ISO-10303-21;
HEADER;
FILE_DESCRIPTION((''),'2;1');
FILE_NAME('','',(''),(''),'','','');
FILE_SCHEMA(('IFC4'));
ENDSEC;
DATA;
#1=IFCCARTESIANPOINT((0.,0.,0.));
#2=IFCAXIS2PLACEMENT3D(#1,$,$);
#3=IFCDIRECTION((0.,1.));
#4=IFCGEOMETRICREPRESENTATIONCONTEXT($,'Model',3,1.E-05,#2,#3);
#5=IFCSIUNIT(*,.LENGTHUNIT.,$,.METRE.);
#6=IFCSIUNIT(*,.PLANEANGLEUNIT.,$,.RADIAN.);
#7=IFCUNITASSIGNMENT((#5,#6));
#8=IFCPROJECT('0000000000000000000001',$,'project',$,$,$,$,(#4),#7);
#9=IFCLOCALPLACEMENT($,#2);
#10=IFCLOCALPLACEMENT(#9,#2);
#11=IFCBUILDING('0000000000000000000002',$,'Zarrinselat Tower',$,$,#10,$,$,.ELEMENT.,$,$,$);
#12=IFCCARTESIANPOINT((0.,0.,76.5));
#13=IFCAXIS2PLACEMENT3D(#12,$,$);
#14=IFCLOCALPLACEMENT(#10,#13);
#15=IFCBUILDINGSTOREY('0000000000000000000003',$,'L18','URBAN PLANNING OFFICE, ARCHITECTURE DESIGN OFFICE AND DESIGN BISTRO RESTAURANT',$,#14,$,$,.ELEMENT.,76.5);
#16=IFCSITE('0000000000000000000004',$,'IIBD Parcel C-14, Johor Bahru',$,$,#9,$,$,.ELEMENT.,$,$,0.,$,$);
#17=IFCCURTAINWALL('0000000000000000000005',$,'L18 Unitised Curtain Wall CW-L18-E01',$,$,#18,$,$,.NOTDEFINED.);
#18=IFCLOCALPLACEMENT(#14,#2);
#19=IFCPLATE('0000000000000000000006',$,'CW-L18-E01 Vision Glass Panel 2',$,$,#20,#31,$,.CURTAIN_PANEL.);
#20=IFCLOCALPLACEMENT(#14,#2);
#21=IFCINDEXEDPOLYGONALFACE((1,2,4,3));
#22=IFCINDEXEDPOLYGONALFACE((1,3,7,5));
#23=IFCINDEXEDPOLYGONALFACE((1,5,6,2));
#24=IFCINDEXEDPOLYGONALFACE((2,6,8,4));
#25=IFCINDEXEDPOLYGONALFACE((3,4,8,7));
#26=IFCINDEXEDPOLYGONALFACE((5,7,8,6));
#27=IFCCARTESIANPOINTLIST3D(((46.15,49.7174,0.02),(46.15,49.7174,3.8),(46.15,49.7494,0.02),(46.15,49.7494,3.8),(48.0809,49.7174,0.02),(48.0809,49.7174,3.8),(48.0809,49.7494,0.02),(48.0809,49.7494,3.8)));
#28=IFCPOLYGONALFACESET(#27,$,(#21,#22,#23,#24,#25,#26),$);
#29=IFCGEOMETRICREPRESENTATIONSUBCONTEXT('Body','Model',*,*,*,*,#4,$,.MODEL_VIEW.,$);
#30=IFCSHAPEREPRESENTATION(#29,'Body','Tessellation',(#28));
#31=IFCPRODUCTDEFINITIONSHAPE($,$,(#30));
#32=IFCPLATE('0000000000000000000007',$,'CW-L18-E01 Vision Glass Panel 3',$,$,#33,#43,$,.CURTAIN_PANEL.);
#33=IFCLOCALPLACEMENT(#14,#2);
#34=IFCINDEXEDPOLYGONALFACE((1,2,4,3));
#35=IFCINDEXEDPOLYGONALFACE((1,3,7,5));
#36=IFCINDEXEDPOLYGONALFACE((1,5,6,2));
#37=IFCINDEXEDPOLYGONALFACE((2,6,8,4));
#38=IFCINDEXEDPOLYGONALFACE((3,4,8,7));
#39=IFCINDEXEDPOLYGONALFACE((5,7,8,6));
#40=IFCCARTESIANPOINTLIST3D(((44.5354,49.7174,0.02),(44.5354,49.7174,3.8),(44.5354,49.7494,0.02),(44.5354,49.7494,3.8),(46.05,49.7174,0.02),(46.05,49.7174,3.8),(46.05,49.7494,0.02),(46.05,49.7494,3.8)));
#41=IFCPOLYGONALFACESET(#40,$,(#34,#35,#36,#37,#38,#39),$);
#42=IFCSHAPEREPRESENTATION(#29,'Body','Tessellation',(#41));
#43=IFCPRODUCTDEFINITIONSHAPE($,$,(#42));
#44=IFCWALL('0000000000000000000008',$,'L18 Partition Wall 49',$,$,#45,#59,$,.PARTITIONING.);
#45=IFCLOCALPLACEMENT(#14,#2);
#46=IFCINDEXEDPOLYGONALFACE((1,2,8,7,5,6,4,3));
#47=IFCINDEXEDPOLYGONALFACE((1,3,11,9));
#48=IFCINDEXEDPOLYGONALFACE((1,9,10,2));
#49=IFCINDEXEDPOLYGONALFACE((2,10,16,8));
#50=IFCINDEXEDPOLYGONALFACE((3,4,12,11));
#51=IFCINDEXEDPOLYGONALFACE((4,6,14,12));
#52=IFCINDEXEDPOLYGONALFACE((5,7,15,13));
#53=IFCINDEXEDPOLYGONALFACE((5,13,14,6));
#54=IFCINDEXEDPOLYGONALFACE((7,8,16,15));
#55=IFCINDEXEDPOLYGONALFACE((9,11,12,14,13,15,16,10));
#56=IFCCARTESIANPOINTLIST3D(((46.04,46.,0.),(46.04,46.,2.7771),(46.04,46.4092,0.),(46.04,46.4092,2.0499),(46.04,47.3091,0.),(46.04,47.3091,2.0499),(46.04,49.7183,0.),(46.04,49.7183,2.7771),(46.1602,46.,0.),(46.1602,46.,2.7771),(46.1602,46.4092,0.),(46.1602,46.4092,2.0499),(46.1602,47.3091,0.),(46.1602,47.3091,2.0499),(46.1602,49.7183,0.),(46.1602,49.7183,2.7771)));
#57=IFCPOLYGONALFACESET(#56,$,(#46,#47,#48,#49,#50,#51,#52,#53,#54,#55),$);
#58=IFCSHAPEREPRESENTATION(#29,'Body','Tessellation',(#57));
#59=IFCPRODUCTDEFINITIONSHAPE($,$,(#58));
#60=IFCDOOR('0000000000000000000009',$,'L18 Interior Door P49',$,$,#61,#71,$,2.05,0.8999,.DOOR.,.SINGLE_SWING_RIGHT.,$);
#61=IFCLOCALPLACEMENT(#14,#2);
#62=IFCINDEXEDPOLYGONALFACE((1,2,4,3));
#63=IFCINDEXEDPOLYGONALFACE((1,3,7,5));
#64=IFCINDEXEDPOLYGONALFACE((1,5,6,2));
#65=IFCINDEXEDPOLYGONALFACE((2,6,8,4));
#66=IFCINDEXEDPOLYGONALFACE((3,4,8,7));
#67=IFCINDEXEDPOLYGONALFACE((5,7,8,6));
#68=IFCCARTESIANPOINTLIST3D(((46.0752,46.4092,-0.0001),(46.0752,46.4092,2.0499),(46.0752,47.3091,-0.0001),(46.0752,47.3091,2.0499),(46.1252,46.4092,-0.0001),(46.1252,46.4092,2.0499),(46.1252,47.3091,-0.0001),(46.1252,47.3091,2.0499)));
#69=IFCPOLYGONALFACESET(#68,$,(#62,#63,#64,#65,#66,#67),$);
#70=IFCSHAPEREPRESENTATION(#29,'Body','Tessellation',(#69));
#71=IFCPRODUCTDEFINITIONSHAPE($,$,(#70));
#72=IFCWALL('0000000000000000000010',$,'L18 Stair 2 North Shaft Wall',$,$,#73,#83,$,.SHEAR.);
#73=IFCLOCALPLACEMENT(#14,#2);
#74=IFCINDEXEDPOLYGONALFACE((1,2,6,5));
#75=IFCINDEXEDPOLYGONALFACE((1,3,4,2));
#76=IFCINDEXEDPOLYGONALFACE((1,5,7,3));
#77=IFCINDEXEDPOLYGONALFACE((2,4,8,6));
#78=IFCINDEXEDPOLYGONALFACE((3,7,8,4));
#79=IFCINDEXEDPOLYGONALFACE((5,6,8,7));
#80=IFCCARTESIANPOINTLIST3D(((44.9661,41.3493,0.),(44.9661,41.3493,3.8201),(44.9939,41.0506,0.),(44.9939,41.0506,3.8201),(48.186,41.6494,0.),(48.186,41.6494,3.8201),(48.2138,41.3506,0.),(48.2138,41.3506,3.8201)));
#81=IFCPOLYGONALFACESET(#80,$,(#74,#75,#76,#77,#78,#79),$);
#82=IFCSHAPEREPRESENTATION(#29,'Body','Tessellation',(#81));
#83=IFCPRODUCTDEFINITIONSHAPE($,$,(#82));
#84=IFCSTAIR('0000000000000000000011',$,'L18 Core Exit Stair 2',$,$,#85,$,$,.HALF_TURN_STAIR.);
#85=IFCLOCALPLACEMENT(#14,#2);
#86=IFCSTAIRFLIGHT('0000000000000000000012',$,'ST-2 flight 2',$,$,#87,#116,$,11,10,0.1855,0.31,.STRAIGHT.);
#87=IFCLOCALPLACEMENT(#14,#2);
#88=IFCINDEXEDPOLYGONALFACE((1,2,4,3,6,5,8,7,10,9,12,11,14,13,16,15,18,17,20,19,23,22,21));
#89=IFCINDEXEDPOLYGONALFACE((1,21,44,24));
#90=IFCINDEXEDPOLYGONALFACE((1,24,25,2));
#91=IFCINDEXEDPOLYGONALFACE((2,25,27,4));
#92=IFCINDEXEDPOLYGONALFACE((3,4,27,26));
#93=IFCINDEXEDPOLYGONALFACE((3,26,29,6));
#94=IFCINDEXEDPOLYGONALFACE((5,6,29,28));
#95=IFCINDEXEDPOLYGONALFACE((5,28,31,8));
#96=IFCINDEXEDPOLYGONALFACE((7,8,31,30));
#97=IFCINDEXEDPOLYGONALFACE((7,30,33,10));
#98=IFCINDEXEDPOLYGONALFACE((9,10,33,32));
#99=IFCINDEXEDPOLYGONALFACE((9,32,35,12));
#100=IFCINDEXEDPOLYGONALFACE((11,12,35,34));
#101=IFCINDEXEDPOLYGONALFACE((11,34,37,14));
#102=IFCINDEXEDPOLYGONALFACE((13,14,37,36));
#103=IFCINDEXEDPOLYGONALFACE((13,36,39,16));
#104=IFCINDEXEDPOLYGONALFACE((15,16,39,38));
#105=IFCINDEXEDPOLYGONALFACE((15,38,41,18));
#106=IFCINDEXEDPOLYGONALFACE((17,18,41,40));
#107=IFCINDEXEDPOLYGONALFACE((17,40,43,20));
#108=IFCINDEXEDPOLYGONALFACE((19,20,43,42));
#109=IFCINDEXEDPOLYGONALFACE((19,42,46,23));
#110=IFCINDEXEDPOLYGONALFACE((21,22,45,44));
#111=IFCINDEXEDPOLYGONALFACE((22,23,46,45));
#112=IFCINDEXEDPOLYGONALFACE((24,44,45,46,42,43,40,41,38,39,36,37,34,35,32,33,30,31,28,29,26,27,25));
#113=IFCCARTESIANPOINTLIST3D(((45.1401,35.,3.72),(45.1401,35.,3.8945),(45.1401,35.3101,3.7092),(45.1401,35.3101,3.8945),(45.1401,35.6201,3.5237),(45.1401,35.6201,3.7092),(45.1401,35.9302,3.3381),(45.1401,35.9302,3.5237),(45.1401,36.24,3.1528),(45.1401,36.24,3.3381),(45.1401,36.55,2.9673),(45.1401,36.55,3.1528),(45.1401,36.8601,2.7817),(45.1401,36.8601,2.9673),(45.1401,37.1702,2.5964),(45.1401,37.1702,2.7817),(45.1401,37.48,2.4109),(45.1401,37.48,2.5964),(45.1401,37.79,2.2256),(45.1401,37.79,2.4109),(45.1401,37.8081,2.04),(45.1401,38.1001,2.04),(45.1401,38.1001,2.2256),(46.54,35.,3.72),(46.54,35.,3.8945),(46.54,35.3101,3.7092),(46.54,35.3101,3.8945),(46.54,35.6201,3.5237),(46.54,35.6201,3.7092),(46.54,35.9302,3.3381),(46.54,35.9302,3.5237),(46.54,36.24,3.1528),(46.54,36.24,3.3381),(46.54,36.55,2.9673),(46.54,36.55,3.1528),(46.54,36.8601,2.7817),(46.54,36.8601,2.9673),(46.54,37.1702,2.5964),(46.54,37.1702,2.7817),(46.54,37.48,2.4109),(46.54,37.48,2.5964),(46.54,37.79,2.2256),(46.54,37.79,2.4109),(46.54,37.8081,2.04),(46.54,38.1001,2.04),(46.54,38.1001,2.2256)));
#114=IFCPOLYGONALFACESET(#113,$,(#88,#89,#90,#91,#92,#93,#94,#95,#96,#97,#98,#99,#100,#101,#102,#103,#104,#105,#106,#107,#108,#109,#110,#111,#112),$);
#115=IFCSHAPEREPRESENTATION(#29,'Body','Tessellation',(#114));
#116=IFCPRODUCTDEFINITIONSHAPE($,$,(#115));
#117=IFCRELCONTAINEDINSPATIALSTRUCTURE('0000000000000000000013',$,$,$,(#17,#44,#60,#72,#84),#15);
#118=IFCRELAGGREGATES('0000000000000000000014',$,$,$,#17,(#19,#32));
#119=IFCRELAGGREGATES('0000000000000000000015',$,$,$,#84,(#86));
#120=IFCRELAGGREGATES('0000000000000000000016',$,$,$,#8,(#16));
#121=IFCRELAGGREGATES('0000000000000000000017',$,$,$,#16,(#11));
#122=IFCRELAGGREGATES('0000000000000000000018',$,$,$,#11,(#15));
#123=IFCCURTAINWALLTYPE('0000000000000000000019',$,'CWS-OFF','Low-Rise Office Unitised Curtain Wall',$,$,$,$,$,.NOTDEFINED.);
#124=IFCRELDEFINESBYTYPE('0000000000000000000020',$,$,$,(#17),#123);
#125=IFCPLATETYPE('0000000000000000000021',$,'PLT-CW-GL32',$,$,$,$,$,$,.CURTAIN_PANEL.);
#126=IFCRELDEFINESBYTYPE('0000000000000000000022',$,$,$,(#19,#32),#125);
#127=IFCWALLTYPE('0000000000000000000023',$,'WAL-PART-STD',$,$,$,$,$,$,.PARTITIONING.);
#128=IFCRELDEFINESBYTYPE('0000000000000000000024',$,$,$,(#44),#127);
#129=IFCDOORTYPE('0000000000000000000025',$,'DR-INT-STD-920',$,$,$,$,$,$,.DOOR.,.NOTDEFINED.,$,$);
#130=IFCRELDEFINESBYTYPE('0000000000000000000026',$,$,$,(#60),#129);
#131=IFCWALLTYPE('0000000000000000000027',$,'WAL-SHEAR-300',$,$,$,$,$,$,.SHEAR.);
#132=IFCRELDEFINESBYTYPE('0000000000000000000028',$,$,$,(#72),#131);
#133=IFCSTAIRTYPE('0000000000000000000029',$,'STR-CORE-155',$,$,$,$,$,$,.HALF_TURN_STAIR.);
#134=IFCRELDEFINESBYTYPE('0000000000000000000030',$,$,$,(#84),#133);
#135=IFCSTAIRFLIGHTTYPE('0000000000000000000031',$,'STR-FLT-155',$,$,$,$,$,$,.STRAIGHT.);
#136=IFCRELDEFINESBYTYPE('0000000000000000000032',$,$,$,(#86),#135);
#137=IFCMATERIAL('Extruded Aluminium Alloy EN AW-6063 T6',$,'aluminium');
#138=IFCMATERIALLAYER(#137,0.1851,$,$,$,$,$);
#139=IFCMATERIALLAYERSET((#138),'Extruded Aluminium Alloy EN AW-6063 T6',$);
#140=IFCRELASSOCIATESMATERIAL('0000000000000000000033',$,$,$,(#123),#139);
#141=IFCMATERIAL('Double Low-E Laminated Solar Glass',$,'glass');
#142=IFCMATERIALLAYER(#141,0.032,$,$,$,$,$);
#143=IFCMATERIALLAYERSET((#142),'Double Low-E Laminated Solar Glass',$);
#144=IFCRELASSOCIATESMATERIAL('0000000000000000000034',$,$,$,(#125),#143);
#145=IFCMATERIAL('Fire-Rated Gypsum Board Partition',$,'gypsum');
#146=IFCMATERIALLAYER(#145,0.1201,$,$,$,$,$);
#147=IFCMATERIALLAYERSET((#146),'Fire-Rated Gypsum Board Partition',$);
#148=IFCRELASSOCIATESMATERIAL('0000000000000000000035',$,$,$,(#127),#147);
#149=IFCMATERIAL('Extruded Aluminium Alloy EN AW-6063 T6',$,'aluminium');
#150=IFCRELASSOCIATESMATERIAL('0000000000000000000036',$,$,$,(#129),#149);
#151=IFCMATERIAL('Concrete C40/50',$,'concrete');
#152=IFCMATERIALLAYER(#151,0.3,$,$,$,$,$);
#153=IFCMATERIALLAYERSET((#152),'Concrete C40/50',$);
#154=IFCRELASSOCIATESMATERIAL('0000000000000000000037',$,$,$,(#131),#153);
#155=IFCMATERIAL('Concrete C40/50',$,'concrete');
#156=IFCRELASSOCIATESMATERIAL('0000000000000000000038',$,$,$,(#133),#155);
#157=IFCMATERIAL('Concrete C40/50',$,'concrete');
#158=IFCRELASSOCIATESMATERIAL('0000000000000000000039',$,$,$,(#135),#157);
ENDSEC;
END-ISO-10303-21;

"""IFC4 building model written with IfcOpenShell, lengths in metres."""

from ifc_helpers import new_model, si_unit, direction, frame, frame_2d, origin, origin_2d, place, context, subcontext, project, spatial, polyline, rectangle, outline, extrude, material, layer, layer_set, type_object, element, fill, aggregate, save


model = new_model("IFC4")

# Units and contexts
model_context = context("Model", 3, precision=1e-05, world=origin(), true_north=direction((0.0, 1.0)))
body_context = subcontext(model_context, "Body", "Model", "MODEL_VIEW")
ifc_project = project(units=[si_unit("LENGTHUNIT", "METRE"), si_unit("PLANEANGLEUNIT", "RADIAN")], contexts=[model_context])

# Site, building, storey
site_placement = place(None, origin())
site = spatial("IfcSite", under=ifc_project, at=site_placement, Name="IIBD Parcel C-14, Johor Bahru", CompositionType="ELEMENT", RefElevation=0.0)
building_placement = place(site_placement, origin())
building = spatial("IfcBuilding", under=site, at=building_placement, Name="Zarrinselat Tower", CompositionType="ELEMENT")
storey_placement = place(building_placement, frame((0.0, 0.0, 76.5)))
storey = spatial("IfcBuildingStorey", under=building, at=storey_placement, Name="L18", Description="URBAN PLANNING OFFICE, ARCHITECTURE DESIGN OFFICE AND DESIGN BISTRO RESTAURANT", CompositionType="ELEMENT", Elevation=76.5)

# Curtain wall, plates
ifc_material_1 = material(Name="Extruded Aluminium Alloy EN AW-6063 T6", Category="aluminium")
ifc_layer_1 = layer(ifc_material_1, 0.1851)
ifc_layer_set_1 = layer_set([ifc_layer_1], Name="Extruded Aluminium Alloy EN AW-6063 T6")
curtain_wall_type = type_object("IfcCurtainWallType", Name="CWS-OFF", Description="Low-Rise Office Unitised Curtain Wall", PredefinedType="NOTDEFINED", material=ifc_layer_set_1)
curtain_wall_placement = place(storey_placement, origin())
curtain_wall = element("IfcCurtainWall", 1, at=curtain_wall_placement, inside=storey, type_object=curtain_wall_type, Name="L18 Unitised Curtain Wall CW-L18-E01", PredefinedType="NOTDEFINED")
ifc_material_2 = material(Name="Double Low-E Laminated Solar Glass", Category="glass")
ifc_layer_2 = layer(ifc_material_2, 0.032)
ifc_layer_set_2 = layer_set([ifc_layer_2], Name="Double Low-E Laminated Solar Glass")
plate_type = type_object("IfcPlateType", Name="PLT-CW-GL32", PredefinedType="CURTAIN_PANEL", material=ifc_layer_set_2)
plate_1_placement = place(storey_placement, frame((47.1155, 49.7334, 0.02), z_axis=(0.0, 0.0, 1.0), x_axis=(-1.0, 0.0, 0.0)))
plate_1 = element("IfcPlate", 2, at=plate_1_placement, type_object=plate_type, Name="CW-L18-E01 Vision Glass Panel 2", PredefinedType="CURTAIN_PANEL", context=body_context, shape_type="SweptSolid", body=[
    extrude(rectangle(XDim=1.9309, YDim=0.032, at=origin_2d()), origin(), (0.0, 0.0, 1.0), 3.78),
])
plate_2_placement = place(storey_placement, frame((45.2927, 49.7334, 0.02), z_axis=(0.0, 0.0, 1.0), x_axis=(-1.0, 0.0, 0.0)))
plate_2 = element("IfcPlate", 3, at=plate_2_placement, type_object=plate_type, Name="CW-L18-E01 Vision Glass Panel 3", PredefinedType="CURTAIN_PANEL", context=body_context, shape_type="SweptSolid", body=[
    extrude(rectangle(XDim=1.5146, YDim=0.032, at=origin_2d()), origin(), (0.0, 0.0, 1.0), 3.78),
])
aggregate(curtain_wall, [plate_1, plate_2])

# Wall, opening, door
ifc_material_3 = material(Name="Fire-Rated Gypsum Board Partition", Category="gypsum")
ifc_layer_3 = layer(ifc_material_3, 0.1201)
ifc_layer_set_3 = layer_set([ifc_layer_3], Name="Fire-Rated Gypsum Board Partition")
wall_type_1 = type_object("IfcWallType", Name="WAL-PART-STD", PredefinedType="PARTITIONING", material=ifc_layer_set_3)
wall_1_placement = place(storey_placement, frame((46.1001, 46.0, 0.0), z_axis=(0.0, 0.0, 1.0), x_axis=(0.0, 1.0, 0.0)))
wall_1 = element("IfcWall", 4, at=wall_1_placement, inside=storey, type_object=wall_type_1, Name="L18 Partition Wall 49", PredefinedType="PARTITIONING", context=body_context, shape_type="SweptSolid", body=[
    extrude(rectangle(XDim=3.7183, YDim=0.1201, at=frame_2d((1.8591, 0.0))), origin(), (0.0, 0.0, 1.0), 2.7771),
])
opening_placement = place(wall_1_placement, frame((0.4092, 0.0, 0.0)))
opening = element("IfcOpeningElement", 5, at=opening_placement, cuts=wall_1, PredefinedType="OPENING", context=body_context, shape_type="SweptSolid", body=[
    extrude(rectangle(XDim=0.8999, YDim=2.05, at=frame_2d((0.45, 1.0249))), frame((0.0, 0.0701, 0.0), z_axis=(0.0, -1.0, 0.0), x_axis=(1.0, 0.0, 0.0)), (0.0, 0.0, 1.0), 0.1401),
])
ifc_material_4 = material(Name="Extruded Aluminium Alloy EN AW-6063 T6", Category="aluminium")
door_type = type_object("IfcDoorType", Name="DR-INT-STD-920", OperationType="NOTDEFINED", PredefinedType="DOOR", material=ifc_material_4)
door_placement = place(opening_placement, origin())
door = element("IfcDoor", 6, at=door_placement, inside=storey, type_object=door_type, Name="L18 Interior Door P49", OperationType="SINGLE_SWING_RIGHT", OverallHeight=2.05, OverallWidth=0.8999, PredefinedType="DOOR", context=body_context, shape_type="SweptSolid", body=[
    extrude(rectangle(XDim=0.8999, YDim=2.05, at=frame_2d((0.45, 1.0249))), frame((0.0, 0.0249, 0.0), z_axis=(0.0, -1.0, 0.0), x_axis=(1.0, 0.0, 0.0)), (0.0, 0.0, 1.0), 0.05),
])
fill(opening, door)

# Wall
ifc_material_5 = material(Name="Concrete C40/50", Category="concrete")
ifc_layer_4 = layer(ifc_material_5, 0.3)
ifc_layer_set_4 = layer_set([ifc_layer_4], Name="Concrete C40/50")
wall_type_2 = type_object("IfcWallType", Name="WAL-SHEAR-300", PredefinedType="SHEAR", material=ifc_layer_set_4)
wall_2_placement = place(storey_placement, frame((44.98, 41.2, 0.0), z_axis=(0.0, 0.0, 1.0), x_axis=(0.995686, 0.092782, 0.0)))
element("IfcWall", 7, at=wall_2_placement, inside=storey, type_object=wall_type_2, Name="L18 Stair 2 North Shaft Wall", PredefinedType="SHEAR", context=body_context, shape_type="SweptSolid", body=[
    extrude(rectangle(XDim=3.2339, YDim=0.3, at=frame_2d((1.6169, 0.0))), origin(), (0.0, 0.0, 1.0), 3.8201),
])

# Stair, stair flight
ifc_material_6 = material(Name="Concrete C40/50", Category="concrete")
stair_type = type_object("IfcStairType", Name="STR-CORE-155", PredefinedType="HALF_TURN_STAIR", material=ifc_material_6)
stair_placement = place(storey_placement, origin())
stair = element("IfcStair", 8, at=stair_placement, inside=storey, type_object=stair_type, Name="L18 Core Exit Stair 2", PredefinedType="HALF_TURN_STAIR")
ifc_material_7 = material(Name="Concrete C40/50", Category="concrete")
stair_flight_type = type_object("IfcStairFlightType", Name="STR-FLT-155", PredefinedType="STRAIGHT", material=ifc_material_7)
stair_flight_placement = place(storey_placement, frame((45.8401, 38.1001, 2.04), z_axis=(0.0, 0.0, 1.0), x_axis=(0.0, -1.0, 0.0)))
stair_flight = element("IfcStairFlight", 9, at=stair_flight_placement, type_object=stair_flight_type, Name="ST-2 flight 2", NumberOfRisers=11, NumberOfTreads=10, PredefinedType="STRAIGHT", RiserHeight=0.1855, TreadLength=0.31, context=body_context, shape_type="SweptSolid", body=[
    extrude(outline(polyline([(0.0, 0.0), (0.0, 0.1855), (0.3101, 0.1855), (0.3101, 0.3708), (0.6201, 0.3708), (0.6201, 0.5564), (0.9299, 0.5564), (0.9299, 0.7417), (1.24, 0.7417), (1.24, 0.9272), (1.55, 0.9272), (1.55, 1.1128), (1.8601, 1.1128), (1.8601, 1.2981), (2.1699, 1.2981), (2.1699, 1.4836), (2.48, 1.4836), (2.48, 1.6692), (2.79, 1.6692), (2.79, 1.8545), (3.1001, 1.8545), (3.1001, 2.04), (3.1001, 1.6799), (0.292, 0.0), (0.0, 0.0)])), frame((0.0, 0.7, 0.0), z_axis=(0.0, -1.0, 0.0), x_axis=(1.0, 0.0, 0.0)), (0.0, 0.0, 1.0), 1.3999),
])
aggregate(stair, [stair_flight])

save(model, "model.ifc")
